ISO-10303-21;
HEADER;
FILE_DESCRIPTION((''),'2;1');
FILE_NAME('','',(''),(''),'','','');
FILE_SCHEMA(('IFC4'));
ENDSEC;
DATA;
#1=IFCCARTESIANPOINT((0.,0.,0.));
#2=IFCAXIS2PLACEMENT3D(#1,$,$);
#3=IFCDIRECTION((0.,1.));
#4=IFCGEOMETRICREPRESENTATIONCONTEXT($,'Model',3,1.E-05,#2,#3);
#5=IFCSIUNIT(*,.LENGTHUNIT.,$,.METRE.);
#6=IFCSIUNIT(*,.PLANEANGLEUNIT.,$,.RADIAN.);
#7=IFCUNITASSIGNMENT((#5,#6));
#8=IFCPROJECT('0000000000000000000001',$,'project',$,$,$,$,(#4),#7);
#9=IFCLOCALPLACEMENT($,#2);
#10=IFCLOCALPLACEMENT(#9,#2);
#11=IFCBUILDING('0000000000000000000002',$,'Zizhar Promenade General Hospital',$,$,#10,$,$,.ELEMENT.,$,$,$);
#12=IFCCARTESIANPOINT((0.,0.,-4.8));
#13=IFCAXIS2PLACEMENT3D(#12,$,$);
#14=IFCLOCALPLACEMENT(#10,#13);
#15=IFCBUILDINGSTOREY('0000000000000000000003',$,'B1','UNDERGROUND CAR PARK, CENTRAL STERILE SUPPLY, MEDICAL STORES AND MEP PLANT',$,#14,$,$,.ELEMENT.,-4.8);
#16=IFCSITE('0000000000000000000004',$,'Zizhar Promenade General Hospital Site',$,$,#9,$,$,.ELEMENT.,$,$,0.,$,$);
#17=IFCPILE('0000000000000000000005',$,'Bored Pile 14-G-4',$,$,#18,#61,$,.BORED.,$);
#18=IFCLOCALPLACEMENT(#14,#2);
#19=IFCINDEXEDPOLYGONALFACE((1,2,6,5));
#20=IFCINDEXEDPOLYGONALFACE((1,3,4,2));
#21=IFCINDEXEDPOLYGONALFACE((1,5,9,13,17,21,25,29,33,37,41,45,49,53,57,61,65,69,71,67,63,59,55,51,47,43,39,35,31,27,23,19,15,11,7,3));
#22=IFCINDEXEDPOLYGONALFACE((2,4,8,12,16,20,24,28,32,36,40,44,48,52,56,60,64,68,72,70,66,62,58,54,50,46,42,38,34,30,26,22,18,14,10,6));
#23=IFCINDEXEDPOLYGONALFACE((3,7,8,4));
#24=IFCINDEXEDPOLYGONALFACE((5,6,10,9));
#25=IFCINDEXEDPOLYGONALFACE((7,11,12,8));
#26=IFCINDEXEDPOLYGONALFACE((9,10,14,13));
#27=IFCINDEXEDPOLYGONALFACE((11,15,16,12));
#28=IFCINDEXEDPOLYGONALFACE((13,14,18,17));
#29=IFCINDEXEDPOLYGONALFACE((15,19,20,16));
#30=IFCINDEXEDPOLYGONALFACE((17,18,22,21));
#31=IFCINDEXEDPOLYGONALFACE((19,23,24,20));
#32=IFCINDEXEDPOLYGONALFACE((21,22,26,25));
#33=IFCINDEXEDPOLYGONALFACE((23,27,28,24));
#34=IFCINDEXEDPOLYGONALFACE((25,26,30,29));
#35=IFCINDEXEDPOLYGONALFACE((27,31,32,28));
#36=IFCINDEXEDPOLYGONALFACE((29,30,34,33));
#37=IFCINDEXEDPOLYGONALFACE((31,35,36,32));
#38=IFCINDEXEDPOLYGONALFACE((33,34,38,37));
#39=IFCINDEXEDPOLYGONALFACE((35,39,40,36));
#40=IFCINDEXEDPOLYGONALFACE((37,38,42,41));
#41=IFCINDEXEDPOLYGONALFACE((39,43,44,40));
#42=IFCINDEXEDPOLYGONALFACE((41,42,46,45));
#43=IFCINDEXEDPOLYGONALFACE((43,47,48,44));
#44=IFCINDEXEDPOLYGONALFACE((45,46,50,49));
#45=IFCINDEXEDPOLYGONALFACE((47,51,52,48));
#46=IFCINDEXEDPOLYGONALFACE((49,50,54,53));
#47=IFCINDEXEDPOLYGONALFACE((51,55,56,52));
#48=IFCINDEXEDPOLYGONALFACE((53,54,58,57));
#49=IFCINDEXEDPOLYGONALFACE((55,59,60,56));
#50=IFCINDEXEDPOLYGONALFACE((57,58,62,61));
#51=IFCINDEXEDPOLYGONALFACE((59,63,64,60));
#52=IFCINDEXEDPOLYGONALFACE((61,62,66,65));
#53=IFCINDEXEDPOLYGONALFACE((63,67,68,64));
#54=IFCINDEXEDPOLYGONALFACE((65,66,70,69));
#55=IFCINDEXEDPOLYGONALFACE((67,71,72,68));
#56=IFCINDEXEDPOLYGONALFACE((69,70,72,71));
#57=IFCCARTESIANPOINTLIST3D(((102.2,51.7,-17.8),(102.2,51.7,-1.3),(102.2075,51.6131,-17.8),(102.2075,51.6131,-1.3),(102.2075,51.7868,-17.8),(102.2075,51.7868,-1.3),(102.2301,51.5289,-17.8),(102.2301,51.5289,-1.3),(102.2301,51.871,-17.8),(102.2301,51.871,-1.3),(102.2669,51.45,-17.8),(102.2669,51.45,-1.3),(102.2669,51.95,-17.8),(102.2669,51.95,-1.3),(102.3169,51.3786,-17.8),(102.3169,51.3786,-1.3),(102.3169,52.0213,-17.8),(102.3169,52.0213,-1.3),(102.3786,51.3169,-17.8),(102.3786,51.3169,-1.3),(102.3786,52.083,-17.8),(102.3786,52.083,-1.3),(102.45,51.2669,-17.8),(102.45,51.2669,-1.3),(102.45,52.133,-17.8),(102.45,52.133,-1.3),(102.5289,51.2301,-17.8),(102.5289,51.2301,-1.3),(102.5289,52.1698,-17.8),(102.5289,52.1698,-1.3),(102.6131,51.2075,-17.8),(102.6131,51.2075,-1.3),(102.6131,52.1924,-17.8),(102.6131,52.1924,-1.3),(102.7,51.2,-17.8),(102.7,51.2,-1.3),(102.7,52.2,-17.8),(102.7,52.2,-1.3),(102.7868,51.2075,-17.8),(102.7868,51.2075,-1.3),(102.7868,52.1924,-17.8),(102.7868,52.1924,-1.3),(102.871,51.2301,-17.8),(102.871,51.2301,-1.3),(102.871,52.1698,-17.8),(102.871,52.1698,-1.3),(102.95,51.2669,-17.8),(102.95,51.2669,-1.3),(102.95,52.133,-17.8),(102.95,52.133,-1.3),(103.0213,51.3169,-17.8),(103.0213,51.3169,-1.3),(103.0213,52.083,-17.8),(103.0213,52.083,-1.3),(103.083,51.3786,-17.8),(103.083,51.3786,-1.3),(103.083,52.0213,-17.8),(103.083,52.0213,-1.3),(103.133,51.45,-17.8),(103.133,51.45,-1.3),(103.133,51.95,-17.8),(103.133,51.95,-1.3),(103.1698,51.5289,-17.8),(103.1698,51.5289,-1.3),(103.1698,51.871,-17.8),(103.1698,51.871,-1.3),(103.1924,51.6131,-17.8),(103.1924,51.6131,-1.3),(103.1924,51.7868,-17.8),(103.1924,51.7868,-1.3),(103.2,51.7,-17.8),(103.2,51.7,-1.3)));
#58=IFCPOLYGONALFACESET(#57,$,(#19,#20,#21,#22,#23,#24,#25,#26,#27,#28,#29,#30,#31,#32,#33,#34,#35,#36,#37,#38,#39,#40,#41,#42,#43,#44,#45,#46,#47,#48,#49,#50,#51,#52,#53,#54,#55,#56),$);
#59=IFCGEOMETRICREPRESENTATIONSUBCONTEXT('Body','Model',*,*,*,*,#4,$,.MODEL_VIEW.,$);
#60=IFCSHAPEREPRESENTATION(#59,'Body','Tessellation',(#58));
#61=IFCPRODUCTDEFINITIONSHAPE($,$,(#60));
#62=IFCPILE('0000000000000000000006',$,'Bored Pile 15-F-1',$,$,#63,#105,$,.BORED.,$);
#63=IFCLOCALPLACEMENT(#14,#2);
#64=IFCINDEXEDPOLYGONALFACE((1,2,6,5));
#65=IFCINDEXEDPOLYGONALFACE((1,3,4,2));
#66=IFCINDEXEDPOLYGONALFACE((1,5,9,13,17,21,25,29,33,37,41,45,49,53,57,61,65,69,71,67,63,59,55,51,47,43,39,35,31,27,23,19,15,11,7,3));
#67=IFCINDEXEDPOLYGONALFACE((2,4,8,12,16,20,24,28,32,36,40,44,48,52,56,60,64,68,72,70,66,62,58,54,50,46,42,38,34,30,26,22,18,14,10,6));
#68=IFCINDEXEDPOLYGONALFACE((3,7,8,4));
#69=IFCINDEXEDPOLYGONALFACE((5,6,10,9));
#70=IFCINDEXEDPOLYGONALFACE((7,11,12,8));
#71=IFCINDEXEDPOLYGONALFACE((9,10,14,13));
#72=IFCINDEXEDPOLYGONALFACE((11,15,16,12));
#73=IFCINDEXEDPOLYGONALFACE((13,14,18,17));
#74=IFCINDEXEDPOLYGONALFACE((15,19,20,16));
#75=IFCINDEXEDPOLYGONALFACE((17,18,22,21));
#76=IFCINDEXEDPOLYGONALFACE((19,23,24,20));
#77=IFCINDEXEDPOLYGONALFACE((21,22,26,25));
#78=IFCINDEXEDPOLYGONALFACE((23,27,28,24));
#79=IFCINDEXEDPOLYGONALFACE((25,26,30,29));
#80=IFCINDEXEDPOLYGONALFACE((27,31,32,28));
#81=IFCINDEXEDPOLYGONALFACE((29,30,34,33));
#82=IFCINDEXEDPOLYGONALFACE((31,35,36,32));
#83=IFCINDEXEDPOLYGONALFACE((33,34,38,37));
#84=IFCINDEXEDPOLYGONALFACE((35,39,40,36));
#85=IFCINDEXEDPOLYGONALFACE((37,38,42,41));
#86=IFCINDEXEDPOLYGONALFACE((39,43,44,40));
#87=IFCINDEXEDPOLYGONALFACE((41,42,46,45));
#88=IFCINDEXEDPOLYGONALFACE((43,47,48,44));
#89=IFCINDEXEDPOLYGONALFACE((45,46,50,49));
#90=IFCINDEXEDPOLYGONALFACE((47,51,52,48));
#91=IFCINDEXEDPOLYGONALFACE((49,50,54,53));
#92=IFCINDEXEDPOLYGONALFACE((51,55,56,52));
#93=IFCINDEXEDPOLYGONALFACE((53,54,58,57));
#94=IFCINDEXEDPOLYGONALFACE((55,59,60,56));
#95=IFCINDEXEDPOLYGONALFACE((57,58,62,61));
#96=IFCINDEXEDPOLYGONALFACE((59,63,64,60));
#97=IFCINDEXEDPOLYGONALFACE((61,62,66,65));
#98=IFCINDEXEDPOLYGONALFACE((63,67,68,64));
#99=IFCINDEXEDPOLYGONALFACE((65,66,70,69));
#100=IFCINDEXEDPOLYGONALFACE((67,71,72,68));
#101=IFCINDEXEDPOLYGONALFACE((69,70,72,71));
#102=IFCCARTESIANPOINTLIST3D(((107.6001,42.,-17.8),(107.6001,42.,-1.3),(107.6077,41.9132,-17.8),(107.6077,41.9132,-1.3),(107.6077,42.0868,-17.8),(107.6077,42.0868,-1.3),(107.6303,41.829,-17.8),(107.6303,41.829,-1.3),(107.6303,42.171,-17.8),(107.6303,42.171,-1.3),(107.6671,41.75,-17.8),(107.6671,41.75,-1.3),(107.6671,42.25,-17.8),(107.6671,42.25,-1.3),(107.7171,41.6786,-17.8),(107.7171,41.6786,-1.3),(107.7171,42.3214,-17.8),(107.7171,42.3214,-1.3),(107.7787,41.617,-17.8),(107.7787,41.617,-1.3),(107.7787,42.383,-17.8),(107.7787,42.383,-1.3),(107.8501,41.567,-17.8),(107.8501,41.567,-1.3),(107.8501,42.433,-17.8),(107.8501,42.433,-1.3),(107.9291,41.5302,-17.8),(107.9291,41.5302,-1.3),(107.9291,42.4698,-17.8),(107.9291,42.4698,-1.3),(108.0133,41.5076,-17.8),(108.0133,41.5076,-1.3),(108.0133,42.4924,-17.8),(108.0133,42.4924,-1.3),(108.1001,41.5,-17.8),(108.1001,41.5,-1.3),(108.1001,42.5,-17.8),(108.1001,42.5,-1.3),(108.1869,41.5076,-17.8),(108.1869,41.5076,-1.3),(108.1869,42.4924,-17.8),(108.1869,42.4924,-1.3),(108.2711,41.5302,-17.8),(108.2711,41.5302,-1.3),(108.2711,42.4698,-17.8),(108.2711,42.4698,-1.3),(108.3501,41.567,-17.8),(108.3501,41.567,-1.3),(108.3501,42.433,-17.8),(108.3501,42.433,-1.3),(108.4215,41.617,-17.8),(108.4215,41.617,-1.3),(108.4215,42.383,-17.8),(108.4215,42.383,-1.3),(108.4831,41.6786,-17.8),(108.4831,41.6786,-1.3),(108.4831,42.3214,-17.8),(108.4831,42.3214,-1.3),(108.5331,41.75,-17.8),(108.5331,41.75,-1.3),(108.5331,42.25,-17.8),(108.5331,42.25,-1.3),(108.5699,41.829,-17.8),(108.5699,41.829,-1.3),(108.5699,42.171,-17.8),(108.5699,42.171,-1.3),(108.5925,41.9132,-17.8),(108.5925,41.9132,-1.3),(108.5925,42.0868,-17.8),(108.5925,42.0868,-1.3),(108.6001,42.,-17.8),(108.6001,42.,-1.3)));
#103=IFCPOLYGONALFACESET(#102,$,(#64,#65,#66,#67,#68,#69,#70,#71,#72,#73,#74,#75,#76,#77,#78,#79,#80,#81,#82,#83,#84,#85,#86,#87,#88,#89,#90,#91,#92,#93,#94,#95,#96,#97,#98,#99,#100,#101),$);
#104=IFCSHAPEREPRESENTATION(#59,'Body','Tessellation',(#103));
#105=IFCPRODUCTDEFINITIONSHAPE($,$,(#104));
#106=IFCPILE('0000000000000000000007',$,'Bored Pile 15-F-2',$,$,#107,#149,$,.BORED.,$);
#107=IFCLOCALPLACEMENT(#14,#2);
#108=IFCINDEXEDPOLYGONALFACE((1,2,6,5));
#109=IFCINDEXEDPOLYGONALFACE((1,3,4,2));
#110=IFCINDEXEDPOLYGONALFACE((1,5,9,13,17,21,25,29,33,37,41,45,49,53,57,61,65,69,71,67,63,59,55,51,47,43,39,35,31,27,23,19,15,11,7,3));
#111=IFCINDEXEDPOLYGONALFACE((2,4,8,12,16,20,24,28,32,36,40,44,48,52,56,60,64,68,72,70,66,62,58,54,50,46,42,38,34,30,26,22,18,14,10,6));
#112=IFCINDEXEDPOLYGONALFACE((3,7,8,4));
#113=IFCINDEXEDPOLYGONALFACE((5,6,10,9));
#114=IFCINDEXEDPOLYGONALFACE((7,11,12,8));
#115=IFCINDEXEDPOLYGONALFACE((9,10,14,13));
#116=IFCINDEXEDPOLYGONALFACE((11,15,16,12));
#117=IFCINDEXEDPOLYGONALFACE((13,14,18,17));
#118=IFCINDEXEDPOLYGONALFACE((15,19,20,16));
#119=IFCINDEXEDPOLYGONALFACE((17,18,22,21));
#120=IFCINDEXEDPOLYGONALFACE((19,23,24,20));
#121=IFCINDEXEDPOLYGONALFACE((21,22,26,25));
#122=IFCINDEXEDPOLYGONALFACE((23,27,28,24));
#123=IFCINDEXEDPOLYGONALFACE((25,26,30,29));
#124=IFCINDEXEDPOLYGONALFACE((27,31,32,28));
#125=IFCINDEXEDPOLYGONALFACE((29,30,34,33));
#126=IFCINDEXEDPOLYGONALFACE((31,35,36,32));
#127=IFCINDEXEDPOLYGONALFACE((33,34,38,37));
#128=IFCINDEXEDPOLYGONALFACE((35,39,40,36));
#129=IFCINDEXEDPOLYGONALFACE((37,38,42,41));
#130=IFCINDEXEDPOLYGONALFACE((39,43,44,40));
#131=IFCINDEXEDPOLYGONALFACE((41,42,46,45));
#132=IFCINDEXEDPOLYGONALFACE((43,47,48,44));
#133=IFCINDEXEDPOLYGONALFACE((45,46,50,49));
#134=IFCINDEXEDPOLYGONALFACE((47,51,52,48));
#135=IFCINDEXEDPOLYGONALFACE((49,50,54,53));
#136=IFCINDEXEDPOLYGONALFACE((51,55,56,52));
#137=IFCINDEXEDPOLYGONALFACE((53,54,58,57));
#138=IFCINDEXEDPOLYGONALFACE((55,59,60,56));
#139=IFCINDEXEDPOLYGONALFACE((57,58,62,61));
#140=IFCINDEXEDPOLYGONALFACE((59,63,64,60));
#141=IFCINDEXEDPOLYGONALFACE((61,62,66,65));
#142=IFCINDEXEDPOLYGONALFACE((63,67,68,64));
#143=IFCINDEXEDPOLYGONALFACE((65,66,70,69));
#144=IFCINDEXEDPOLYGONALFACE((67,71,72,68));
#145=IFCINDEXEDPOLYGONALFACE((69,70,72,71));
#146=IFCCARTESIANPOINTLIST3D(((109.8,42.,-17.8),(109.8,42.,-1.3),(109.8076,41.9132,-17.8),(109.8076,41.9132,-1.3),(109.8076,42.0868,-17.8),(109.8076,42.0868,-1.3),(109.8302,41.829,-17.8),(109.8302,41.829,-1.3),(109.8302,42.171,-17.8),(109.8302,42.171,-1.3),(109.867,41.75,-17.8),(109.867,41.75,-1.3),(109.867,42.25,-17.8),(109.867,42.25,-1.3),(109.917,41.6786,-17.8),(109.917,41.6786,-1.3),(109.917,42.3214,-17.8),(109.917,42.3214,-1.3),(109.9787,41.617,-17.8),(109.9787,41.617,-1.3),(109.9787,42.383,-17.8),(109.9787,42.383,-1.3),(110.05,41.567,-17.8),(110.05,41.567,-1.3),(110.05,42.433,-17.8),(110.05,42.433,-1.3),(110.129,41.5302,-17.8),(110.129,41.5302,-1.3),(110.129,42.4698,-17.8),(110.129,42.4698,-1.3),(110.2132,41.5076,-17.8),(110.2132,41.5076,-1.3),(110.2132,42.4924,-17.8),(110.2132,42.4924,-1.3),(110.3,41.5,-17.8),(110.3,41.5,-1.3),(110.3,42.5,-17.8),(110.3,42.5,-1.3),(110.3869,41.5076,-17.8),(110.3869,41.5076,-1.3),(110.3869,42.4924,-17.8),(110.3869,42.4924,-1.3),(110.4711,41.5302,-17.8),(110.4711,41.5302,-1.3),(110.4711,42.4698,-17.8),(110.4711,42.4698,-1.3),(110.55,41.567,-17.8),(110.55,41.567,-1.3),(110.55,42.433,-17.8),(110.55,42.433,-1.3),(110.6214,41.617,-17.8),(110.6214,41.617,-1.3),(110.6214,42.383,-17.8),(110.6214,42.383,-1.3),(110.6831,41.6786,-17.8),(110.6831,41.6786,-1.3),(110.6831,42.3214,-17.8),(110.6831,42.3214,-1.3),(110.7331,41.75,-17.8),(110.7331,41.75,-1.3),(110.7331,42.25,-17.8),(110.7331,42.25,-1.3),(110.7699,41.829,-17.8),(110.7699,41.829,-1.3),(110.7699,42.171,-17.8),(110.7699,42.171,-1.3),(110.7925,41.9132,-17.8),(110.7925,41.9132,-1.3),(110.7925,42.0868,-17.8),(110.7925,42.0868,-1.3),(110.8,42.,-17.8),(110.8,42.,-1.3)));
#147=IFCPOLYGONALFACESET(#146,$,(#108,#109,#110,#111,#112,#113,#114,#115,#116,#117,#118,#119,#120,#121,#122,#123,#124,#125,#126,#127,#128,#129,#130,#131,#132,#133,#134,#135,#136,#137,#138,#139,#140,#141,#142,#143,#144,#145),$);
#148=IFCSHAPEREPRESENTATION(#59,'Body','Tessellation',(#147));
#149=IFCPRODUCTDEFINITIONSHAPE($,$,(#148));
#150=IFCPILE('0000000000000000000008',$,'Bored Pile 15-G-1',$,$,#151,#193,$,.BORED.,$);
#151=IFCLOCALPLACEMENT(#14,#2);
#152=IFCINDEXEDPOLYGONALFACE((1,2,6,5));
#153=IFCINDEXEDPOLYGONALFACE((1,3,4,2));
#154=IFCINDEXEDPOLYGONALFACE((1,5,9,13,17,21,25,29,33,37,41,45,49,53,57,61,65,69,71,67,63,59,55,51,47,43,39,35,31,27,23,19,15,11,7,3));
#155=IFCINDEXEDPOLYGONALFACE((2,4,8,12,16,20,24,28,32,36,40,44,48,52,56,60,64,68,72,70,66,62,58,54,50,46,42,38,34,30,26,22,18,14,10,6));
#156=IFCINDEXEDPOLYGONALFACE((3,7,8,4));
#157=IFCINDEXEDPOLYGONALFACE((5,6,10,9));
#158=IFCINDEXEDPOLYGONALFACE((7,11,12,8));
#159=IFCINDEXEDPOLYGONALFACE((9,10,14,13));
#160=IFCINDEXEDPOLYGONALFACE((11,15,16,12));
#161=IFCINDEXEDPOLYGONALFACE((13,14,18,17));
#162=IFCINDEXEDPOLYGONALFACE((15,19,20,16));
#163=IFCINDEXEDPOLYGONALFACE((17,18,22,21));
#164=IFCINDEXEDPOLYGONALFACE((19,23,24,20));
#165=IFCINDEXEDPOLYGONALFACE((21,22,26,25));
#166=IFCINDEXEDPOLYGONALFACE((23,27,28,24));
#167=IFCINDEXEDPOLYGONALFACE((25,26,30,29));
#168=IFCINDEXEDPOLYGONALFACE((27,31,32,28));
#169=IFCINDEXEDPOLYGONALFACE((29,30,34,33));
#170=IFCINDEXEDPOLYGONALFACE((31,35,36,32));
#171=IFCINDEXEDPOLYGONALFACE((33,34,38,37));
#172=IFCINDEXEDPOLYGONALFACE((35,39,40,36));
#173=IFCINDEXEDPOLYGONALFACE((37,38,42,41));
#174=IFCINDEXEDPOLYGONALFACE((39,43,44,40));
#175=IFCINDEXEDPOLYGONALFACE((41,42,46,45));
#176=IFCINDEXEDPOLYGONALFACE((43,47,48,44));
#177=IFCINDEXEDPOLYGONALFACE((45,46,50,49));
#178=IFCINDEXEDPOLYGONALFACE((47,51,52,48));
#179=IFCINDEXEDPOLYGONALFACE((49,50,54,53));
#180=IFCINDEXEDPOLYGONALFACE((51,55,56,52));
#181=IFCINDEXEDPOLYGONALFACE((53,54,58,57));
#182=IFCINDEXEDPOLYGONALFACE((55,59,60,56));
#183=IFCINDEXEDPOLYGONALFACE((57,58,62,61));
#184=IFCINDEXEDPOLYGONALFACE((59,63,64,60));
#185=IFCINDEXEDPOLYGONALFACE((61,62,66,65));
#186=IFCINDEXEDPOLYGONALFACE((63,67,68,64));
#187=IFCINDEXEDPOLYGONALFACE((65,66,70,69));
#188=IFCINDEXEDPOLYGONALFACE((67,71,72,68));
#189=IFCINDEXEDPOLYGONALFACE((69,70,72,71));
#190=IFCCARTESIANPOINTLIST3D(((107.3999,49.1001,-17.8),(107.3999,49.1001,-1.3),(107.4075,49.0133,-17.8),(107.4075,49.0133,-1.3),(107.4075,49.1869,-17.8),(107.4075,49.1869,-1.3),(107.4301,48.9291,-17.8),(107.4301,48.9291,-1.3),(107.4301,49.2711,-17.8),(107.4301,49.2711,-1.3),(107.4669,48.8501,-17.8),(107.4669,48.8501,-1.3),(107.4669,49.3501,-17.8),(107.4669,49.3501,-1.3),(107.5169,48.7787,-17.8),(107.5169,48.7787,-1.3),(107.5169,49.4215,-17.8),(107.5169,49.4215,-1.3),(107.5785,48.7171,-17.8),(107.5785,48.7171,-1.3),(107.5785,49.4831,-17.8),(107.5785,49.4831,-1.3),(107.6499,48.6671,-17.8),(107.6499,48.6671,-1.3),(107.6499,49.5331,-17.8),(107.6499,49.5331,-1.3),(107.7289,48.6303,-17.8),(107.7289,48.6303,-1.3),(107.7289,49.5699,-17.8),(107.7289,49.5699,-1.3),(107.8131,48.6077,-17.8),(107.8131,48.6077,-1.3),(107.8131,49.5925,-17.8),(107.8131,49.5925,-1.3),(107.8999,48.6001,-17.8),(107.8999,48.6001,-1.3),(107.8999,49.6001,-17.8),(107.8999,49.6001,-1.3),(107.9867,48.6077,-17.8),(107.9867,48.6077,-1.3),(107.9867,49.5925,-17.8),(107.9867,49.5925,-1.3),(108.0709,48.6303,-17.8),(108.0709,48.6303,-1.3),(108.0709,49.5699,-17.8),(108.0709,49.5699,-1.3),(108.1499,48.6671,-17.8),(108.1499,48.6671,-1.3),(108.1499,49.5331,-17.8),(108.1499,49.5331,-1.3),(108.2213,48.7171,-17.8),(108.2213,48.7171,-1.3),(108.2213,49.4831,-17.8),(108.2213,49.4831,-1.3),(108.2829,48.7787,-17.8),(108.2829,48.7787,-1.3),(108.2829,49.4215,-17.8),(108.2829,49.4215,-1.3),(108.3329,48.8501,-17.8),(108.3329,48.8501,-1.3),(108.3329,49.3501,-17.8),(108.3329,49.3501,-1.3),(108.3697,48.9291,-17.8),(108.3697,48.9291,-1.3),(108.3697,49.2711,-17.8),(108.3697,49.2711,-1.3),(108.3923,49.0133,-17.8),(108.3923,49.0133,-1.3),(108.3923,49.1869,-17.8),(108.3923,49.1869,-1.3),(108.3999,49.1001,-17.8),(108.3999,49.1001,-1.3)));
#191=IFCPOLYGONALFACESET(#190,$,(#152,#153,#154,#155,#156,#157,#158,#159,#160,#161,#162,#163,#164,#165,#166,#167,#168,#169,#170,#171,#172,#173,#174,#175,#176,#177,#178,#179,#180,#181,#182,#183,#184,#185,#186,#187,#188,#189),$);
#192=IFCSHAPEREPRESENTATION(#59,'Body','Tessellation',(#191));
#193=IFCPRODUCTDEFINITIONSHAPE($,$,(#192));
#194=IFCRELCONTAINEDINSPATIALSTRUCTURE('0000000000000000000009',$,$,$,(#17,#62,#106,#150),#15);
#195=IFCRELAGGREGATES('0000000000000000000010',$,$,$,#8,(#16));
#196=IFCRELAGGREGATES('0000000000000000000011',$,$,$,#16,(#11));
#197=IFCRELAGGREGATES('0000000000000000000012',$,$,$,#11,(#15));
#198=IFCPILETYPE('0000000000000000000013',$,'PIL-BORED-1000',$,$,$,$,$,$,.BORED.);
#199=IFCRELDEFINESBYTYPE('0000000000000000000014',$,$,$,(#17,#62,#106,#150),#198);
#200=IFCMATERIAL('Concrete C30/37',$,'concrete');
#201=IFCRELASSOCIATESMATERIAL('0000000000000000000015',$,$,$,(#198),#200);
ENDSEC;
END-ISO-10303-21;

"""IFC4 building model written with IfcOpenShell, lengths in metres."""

from ifc_helpers import new_model, si_unit, direction, frame, origin, origin_2d, place, context, subcontext, project, spatial, circle, extrude, material, material_profile, profile_set, type_object, element, save


model = new_model("IFC4")

# Units and contexts
model_context = context("Model", 3, precision=1e-05, world=origin(), true_north=direction((0.0, 1.0)))
body_context = subcontext(model_context, "Body", "Model", "MODEL_VIEW")
ifc_project = project(units=[si_unit("LENGTHUNIT", "METRE"), si_unit("PLANEANGLEUNIT", "RADIAN")], contexts=[model_context])

# Site, building, storey
site_placement = place(None, origin())
site = spatial("IfcSite", under=ifc_project, at=site_placement, Name="Zizhar Promenade General Hospital Site", CompositionType="ELEMENT", RefElevation=0.0)
building_placement = place(site_placement, origin())
building = spatial("IfcBuilding", under=site, at=building_placement, Name="Zizhar Promenade General Hospital", CompositionType="ELEMENT")
storey_placement = place(building_placement, frame((0.0, 0.0, -4.8)))
storey = spatial("IfcBuildingStorey", under=building, at=storey_placement, Name="B1", Description="UNDERGROUND CAR PARK, CENTRAL STERILE SUPPLY, MEDICAL STORES AND MEP PLANT", CompositionType="ELEMENT", Elevation=-4.8)

# Piles
ifc_material_1 = material(Name="Concrete C30/37", Category="concrete")
ifc_material_profile_1 = material_profile(ifc_material_1, circle(Radius=0.5, at=origin_2d()))
ifc_profile_set_1 = profile_set([ifc_material_profile_1], Name="Concrete C30/37")
pile_type = type_object("IfcPileType", Name="PIL-BORED-1000", PredefinedType="BORED", material=ifc_profile_set_1)
for number, where, z_axis, x_axis, name in (
    (1, (102.7, 51.7, -1.3), (0.0, 0.0, -1.0), (1.0, 0.0, 0.0), "Bored Pile 14-G-4"),
    (2, (108.1001, 42.0, -1.3), (0.0, 0.0, -1.0), (1.0, 0.0, 0.0), "Bored Pile 15-F-1"),
    (3, (110.3, 42.0, -1.3), (0.0, 0.0, -1.0), (1.0, 0.0, 0.0), "Bored Pile 15-F-2"),
    (4, (107.8999, 49.1001, -1.3), (0.0, 0.0, -1.0), (1.0, 0.0, 0.0), "Bored Pile 15-G-1"),
):
    element("IfcPile", number, at=place(storey_placement, frame(where, z_axis=z_axis, x_axis=x_axis)), inside=storey, type_object=pile_type, Name=name, PredefinedType="BORED", context=body_context, shape_type="SweptSolid", body=[
        extrude(circle(Radius=0.5, at=origin_2d()), origin(), (0.0, 0.0, 1.0), 16.5),
    ])

save(model, "model.ifc")
